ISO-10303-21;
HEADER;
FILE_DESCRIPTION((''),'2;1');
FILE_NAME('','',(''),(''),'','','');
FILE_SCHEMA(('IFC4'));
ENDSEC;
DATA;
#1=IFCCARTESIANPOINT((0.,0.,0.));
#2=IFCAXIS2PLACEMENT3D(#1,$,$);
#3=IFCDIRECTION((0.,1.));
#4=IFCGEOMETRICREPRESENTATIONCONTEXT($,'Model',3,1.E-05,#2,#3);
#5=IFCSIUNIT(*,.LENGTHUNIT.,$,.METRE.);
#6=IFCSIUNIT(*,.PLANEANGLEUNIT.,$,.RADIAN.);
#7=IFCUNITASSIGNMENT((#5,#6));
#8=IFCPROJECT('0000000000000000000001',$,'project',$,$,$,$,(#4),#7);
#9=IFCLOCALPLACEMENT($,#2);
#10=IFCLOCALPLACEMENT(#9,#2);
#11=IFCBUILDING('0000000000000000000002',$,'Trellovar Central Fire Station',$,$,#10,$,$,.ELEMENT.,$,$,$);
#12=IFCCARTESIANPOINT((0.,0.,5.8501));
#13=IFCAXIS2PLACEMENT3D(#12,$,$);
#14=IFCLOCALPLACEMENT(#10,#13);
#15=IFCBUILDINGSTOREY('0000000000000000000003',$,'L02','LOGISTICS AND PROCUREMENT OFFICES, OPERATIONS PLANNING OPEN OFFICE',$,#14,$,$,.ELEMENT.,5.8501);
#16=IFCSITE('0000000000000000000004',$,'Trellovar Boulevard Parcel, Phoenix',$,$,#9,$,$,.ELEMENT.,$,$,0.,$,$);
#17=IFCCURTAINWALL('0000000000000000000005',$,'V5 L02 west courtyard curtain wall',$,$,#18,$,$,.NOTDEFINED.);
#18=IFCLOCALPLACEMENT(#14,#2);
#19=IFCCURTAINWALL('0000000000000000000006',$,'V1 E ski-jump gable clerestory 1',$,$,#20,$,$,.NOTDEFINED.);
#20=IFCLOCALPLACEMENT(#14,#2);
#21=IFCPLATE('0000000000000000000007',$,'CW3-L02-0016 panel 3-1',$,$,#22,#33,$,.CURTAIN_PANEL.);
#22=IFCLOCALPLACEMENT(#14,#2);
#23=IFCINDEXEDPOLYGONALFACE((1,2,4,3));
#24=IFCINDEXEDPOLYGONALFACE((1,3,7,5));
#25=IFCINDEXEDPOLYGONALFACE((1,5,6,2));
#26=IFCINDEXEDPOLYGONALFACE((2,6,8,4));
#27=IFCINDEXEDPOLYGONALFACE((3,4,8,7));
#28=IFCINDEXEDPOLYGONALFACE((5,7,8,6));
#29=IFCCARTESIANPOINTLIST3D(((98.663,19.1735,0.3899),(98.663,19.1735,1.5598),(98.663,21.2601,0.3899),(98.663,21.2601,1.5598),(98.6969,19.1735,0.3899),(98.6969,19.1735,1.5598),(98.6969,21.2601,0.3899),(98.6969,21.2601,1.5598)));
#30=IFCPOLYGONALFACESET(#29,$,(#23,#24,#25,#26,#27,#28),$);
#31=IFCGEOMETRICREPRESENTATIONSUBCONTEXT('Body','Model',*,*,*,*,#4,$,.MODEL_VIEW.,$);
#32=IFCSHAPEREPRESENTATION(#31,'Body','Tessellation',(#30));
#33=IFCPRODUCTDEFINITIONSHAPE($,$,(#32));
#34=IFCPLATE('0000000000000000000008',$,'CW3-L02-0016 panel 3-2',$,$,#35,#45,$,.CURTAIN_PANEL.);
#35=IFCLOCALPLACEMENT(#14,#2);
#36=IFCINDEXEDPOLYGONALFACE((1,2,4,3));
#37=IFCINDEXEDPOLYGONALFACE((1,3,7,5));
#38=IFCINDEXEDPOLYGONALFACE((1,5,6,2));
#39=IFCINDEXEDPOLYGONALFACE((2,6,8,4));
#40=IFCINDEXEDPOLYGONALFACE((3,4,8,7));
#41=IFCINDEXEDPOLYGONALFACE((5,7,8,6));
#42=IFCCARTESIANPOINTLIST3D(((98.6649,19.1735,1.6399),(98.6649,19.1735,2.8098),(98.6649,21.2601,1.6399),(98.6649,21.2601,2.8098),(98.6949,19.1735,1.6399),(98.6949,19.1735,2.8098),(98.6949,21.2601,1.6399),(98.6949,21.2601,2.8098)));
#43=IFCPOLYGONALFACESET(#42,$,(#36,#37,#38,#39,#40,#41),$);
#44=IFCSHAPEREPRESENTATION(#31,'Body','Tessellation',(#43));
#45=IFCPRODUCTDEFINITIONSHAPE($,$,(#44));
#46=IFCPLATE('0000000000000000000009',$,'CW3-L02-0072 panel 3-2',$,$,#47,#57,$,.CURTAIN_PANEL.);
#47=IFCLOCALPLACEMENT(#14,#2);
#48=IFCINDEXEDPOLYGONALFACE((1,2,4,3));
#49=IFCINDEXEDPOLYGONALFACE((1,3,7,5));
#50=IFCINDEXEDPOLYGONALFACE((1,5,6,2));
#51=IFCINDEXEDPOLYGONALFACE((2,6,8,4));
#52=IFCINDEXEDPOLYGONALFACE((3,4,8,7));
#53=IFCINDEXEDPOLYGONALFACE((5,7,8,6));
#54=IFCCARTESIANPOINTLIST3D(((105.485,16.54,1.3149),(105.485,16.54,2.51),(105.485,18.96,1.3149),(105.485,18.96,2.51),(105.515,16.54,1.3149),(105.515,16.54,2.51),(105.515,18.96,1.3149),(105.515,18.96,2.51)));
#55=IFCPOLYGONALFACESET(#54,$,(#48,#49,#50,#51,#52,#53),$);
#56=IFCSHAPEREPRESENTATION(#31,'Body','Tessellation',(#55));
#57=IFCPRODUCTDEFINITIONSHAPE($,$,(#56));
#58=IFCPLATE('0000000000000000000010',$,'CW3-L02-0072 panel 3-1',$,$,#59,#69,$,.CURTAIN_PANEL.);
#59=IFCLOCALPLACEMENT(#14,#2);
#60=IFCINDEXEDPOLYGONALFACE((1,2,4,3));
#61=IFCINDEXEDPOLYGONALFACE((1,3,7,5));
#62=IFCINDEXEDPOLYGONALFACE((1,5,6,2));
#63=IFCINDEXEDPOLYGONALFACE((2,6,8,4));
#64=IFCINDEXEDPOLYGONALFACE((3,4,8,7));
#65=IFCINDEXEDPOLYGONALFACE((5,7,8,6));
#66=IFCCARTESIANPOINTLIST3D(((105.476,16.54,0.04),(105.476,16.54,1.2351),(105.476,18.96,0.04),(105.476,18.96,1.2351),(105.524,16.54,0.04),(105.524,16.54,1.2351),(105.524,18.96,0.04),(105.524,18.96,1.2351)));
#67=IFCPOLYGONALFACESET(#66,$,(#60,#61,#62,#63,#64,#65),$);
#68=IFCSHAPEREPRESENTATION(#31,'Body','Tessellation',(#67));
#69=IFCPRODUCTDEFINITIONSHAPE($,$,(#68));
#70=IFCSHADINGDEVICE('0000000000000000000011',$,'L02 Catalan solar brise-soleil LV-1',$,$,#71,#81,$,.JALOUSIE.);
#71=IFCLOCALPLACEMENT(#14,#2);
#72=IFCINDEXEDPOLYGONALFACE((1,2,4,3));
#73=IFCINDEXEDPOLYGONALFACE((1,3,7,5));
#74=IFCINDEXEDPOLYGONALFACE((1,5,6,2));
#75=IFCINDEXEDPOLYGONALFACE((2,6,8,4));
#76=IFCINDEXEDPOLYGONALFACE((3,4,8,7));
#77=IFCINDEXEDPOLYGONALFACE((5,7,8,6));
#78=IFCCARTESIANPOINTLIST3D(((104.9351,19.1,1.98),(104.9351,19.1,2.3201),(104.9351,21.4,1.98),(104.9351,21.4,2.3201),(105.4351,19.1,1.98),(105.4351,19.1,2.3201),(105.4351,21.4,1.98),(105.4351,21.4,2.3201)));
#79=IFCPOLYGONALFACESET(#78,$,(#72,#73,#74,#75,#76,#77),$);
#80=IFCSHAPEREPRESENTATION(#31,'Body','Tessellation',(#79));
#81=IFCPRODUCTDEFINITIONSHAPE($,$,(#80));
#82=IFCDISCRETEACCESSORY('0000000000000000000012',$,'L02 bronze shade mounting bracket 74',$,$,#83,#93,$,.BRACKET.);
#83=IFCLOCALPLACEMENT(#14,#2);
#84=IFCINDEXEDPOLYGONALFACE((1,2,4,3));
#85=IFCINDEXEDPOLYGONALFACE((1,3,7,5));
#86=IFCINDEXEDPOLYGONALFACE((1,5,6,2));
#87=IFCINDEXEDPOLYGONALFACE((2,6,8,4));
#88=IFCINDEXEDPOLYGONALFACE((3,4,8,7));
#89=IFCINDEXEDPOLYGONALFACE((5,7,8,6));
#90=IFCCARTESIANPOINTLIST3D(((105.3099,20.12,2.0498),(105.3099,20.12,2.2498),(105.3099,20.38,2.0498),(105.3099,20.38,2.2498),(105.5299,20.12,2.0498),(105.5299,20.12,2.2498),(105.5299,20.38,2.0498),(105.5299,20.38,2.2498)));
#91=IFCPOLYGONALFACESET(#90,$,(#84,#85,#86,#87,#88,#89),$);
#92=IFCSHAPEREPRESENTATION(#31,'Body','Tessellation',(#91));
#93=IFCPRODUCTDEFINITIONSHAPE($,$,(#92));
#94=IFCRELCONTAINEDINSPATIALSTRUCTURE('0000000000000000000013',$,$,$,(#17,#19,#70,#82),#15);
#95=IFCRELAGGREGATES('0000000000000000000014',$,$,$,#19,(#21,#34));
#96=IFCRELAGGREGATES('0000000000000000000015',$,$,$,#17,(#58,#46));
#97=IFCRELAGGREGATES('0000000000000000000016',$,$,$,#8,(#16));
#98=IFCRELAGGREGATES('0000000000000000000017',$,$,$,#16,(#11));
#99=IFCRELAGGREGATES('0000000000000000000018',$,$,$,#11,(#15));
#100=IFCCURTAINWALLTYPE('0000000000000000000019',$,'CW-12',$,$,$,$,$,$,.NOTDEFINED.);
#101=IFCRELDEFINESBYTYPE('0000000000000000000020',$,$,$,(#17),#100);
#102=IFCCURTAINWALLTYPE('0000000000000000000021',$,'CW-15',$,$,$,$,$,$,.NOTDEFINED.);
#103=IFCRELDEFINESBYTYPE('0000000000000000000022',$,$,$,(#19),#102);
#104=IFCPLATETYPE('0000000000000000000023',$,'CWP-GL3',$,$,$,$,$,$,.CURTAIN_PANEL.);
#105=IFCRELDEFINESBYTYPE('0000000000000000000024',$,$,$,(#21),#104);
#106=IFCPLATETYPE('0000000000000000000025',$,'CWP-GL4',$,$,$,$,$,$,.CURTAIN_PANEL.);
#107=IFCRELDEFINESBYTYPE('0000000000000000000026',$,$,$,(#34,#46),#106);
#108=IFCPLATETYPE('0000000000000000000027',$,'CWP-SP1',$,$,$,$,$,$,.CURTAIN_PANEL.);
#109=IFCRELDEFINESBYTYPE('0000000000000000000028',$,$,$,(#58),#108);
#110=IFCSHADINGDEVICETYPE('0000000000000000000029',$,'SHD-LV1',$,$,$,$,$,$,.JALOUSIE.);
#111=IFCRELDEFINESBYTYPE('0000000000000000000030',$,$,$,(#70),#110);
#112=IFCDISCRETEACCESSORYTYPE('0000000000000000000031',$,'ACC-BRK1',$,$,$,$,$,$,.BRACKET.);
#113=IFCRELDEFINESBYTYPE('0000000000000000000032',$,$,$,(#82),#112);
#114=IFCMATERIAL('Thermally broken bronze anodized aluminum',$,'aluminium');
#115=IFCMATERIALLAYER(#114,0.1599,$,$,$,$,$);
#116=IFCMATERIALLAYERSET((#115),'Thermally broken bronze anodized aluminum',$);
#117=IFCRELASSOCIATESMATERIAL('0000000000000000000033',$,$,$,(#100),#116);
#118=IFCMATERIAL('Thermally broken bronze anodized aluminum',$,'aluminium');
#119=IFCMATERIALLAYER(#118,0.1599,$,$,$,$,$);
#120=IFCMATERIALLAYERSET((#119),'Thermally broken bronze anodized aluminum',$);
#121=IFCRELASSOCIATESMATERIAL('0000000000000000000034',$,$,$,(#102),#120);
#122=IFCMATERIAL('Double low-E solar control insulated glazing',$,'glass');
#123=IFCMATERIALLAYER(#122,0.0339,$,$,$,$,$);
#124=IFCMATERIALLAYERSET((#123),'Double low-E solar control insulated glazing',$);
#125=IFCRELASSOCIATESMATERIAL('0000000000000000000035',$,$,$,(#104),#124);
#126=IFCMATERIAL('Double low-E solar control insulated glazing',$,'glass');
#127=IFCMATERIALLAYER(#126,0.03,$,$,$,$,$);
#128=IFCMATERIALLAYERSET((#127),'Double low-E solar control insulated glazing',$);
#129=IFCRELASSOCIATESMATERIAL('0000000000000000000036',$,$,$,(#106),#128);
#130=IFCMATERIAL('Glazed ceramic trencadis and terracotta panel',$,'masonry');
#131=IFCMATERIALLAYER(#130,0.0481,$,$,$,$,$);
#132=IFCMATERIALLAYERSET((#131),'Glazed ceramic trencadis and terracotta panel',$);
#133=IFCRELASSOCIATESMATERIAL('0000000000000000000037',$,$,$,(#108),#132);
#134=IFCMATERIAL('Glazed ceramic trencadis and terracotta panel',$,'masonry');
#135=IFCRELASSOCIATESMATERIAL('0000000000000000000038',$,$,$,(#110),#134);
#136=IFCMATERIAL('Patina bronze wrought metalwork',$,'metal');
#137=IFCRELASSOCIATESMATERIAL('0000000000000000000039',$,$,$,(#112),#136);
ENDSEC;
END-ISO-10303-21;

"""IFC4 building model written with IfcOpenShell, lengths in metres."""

from ifc_helpers import new_model, si_unit, direction, frame, origin, origin_2d, place, context, subcontext, project, spatial, rectangle, extrude, material, layer, layer_set, type_object, element, aggregate, save


model = new_model("IFC4")

# Units and contexts
model_context = context("Model", 3, precision=1e-05, world=origin(), true_north=direction((0.0, 1.0)))
body_context = subcontext(model_context, "Body", "Model", "MODEL_VIEW")
ifc_project = project(units=[si_unit("LENGTHUNIT", "METRE"), si_unit("PLANEANGLEUNIT", "RADIAN")], contexts=[model_context])

# Site, building, storey
site_placement = place(None, origin())
site = spatial("IfcSite", under=ifc_project, at=site_placement, Name="Trellovar Boulevard Parcel, Phoenix", CompositionType="ELEMENT", RefElevation=0.0)
building_placement = place(site_placement, origin())
building = spatial("IfcBuilding", under=site, at=building_placement, Name="Trellovar Central Fire Station", CompositionType="ELEMENT")
storey_placement = place(building_placement, frame((0.0, 0.0, 5.8501)))
storey = spatial("IfcBuildingStorey", under=building, at=storey_placement, Name="L02", Description="LOGISTICS AND PROCUREMENT OFFICES, OPERATIONS PLANNING OPEN OFFICE", CompositionType="ELEMENT", Elevation=5.8501)

# Curtain wall
ifc_material_1 = material(Name="Thermally broken bronze anodized aluminum", Category="aluminium")
ifc_layer_1 = layer(ifc_material_1, 0.1599)
ifc_layer_set_1 = layer_set([ifc_layer_1], Name="Thermally broken bronze anodized aluminum")
curtain_wall_type_1 = type_object("IfcCurtainWallType", Name="CW-12", PredefinedType="NOTDEFINED", material=ifc_layer_set_1)
curtain_wall_1_placement = place(storey_placement, origin())
curtain_wall_1 = element("IfcCurtainWall", 1, at=curtain_wall_1_placement, inside=storey, type_object=curtain_wall_type_1, Name="V5 L02 west courtyard curtain wall", PredefinedType="NOTDEFINED")

# Curtain wall
ifc_material_2 = material(Name="Thermally broken bronze anodized aluminum", Category="aluminium")
ifc_layer_2 = layer(ifc_material_2, 0.1599)
ifc_layer_set_2 = layer_set([ifc_layer_2], Name="Thermally broken bronze anodized aluminum")
curtain_wall_type_2 = type_object("IfcCurtainWallType", Name="CW-15", PredefinedType="NOTDEFINED", material=ifc_layer_set_2)
curtain_wall_2_placement = place(storey_placement, origin())
curtain_wall_2 = element("IfcCurtainWall", 2, at=curtain_wall_2_placement, inside=storey, type_object=curtain_wall_type_2, Name="V1 E ski-jump gable clerestory 1", PredefinedType="NOTDEFINED")

# Plates
ifc_material_3 = material(Name="Double low-E solar control insulated glazing", Category="glass")
ifc_layer_3 = layer(ifc_material_3, 0.0339)
ifc_layer_set_3 = layer_set([ifc_layer_3], Name="Double low-E solar control insulated glazing")
plate_type_1 = type_object("IfcPlateType", Name="CWP-GL3", PredefinedType="CURTAIN_PANEL", material=ifc_layer_set_3)
plate_1_placement = place(storey_placement, frame((98.6799, 20.2168, 0.3899), z_axis=(0.0, 0.0, 1.0), x_axis=(0.0, 1.0, 0.0)))
plate_1 = element("IfcPlate", 3, at=plate_1_placement, type_object=plate_type_1, Name="CW3-L02-0016 panel 3-1", PredefinedType="CURTAIN_PANEL", context=body_context, shape_type="SweptSolid", body=[
    extrude(rectangle(XDim=2.0867, YDim=0.0339, at=origin_2d()), origin(), (0.0, 0.0, 1.0), 1.1699),
])
ifc_material_4 = material(Name="Double low-E solar control insulated glazing", Category="glass")
ifc_layer_4 = layer(ifc_material_4, 0.03)
ifc_layer_set_4 = layer_set([ifc_layer_4], Name="Double low-E solar control insulated glazing")
plate_type_2 = type_object("IfcPlateType", Name="CWP-GL4", PredefinedType="CURTAIN_PANEL", material=ifc_layer_set_4)
plate_2_placement = place(storey_placement, frame((98.6799, 20.2168, 1.6399), z_axis=(0.0, 0.0, 1.0), x_axis=(0.0, 1.0, 0.0)))
plate_2 = element("IfcPlate", 4, at=plate_2_placement, type_object=plate_type_2, Name="CW3-L02-0016 panel 3-2", PredefinedType="CURTAIN_PANEL", context=body_context, shape_type="SweptSolid", body=[
    extrude(rectangle(XDim=2.0867, YDim=0.03, at=origin_2d()), origin(), (0.0, 0.0, 1.0), 1.1699),
])
aggregate(curtain_wall_2, [plate_1, plate_2])
plate_3_placement = place(storey_placement, frame((105.5, 17.75, 1.3149), z_axis=(0.0, 0.0, 1.0), x_axis=(0.0, -1.0, 0.0)))
plate_3 = element("IfcPlate", 5, at=plate_3_placement, type_object=plate_type_2, Name="CW3-L02-0072 panel 3-2", PredefinedType="CURTAIN_PANEL", context=body_context, shape_type="SweptSolid", body=[
    extrude(rectangle(XDim=2.4199, YDim=0.03, at=origin_2d()), origin(), (0.0, 0.0, 1.0), 1.1951),
])
ifc_material_5 = material(Name="Glazed ceramic trencadis and terracotta panel", Category="masonry")
ifc_layer_5 = layer(ifc_material_5, 0.0481)
ifc_layer_set_5 = layer_set([ifc_layer_5], Name="Glazed ceramic trencadis and terracotta panel")
plate_type_3 = type_object("IfcPlateType", Name="CWP-SP1", PredefinedType="CURTAIN_PANEL", material=ifc_layer_set_5)
plate_4_placement = place(storey_placement, frame((105.5, 17.75, 0.04), z_axis=(0.0, 0.0, 1.0), x_axis=(0.0, -1.0, 0.0)))
plate_4 = element("IfcPlate", 6, at=plate_4_placement, type_object=plate_type_3, Name="CW3-L02-0072 panel 3-1", PredefinedType="CURTAIN_PANEL", context=body_context, shape_type="SweptSolid", body=[
    extrude(rectangle(XDim=2.4199, YDim=0.0481, at=origin_2d()), origin(), (0.0, 0.0, 1.0), 1.1951),
])
aggregate(curtain_wall_1, [plate_4, plate_3])

# Shading device
ifc_material_6 = material(Name="Glazed ceramic trencadis and terracotta panel", Category="masonry")
shading_device_type = type_object("IfcShadingDeviceType", Name="SHD-LV1", PredefinedType="JALOUSIE", material=ifc_material_6)
shading_device_placement = place(storey_placement, frame((105.1851, 20.25, 1.98), z_axis=(0.0, 0.0, 1.0), x_axis=(0.0, 1.0, 0.0)))
element("IfcShadingDevice", 7, at=shading_device_placement, inside=storey, type_object=shading_device_type, Name="L02 Catalan solar brise-soleil LV-1", PredefinedType="JALOUSIE", context=body_context, shape_type="SweptSolid", body=[
    extrude(rectangle(XDim=2.3, YDim=0.5, at=origin_2d()), origin(), (0.0, 0.0, 1.0), 0.3401),
])

# Discrete accessory
ifc_material_7 = material(Name="Patina bronze wrought metalwork", Category="metal")
discrete_accessory_type = type_object("IfcDiscreteAccessoryType", Name="ACC-BRK1", PredefinedType="BRACKET", material=ifc_material_7)
discrete_accessory_placement = place(storey_placement, frame((105.4199, 20.25, 2.0498), z_axis=(0.0, 0.0, 1.0), x_axis=(0.0, 1.0, 0.0)))
element("IfcDiscreteAccessory", 8, at=discrete_accessory_placement, inside=storey, type_object=discrete_accessory_type, Name="L02 bronze shade mounting bracket 74", PredefinedType="BRACKET", context=body_context, shape_type="SweptSolid", body=[
    extrude(rectangle(XDim=0.26, YDim=0.22, at=origin_2d()), origin(), (0.0, 0.0, 1.0), 0.2),
])

save(model, "model.ifc")
